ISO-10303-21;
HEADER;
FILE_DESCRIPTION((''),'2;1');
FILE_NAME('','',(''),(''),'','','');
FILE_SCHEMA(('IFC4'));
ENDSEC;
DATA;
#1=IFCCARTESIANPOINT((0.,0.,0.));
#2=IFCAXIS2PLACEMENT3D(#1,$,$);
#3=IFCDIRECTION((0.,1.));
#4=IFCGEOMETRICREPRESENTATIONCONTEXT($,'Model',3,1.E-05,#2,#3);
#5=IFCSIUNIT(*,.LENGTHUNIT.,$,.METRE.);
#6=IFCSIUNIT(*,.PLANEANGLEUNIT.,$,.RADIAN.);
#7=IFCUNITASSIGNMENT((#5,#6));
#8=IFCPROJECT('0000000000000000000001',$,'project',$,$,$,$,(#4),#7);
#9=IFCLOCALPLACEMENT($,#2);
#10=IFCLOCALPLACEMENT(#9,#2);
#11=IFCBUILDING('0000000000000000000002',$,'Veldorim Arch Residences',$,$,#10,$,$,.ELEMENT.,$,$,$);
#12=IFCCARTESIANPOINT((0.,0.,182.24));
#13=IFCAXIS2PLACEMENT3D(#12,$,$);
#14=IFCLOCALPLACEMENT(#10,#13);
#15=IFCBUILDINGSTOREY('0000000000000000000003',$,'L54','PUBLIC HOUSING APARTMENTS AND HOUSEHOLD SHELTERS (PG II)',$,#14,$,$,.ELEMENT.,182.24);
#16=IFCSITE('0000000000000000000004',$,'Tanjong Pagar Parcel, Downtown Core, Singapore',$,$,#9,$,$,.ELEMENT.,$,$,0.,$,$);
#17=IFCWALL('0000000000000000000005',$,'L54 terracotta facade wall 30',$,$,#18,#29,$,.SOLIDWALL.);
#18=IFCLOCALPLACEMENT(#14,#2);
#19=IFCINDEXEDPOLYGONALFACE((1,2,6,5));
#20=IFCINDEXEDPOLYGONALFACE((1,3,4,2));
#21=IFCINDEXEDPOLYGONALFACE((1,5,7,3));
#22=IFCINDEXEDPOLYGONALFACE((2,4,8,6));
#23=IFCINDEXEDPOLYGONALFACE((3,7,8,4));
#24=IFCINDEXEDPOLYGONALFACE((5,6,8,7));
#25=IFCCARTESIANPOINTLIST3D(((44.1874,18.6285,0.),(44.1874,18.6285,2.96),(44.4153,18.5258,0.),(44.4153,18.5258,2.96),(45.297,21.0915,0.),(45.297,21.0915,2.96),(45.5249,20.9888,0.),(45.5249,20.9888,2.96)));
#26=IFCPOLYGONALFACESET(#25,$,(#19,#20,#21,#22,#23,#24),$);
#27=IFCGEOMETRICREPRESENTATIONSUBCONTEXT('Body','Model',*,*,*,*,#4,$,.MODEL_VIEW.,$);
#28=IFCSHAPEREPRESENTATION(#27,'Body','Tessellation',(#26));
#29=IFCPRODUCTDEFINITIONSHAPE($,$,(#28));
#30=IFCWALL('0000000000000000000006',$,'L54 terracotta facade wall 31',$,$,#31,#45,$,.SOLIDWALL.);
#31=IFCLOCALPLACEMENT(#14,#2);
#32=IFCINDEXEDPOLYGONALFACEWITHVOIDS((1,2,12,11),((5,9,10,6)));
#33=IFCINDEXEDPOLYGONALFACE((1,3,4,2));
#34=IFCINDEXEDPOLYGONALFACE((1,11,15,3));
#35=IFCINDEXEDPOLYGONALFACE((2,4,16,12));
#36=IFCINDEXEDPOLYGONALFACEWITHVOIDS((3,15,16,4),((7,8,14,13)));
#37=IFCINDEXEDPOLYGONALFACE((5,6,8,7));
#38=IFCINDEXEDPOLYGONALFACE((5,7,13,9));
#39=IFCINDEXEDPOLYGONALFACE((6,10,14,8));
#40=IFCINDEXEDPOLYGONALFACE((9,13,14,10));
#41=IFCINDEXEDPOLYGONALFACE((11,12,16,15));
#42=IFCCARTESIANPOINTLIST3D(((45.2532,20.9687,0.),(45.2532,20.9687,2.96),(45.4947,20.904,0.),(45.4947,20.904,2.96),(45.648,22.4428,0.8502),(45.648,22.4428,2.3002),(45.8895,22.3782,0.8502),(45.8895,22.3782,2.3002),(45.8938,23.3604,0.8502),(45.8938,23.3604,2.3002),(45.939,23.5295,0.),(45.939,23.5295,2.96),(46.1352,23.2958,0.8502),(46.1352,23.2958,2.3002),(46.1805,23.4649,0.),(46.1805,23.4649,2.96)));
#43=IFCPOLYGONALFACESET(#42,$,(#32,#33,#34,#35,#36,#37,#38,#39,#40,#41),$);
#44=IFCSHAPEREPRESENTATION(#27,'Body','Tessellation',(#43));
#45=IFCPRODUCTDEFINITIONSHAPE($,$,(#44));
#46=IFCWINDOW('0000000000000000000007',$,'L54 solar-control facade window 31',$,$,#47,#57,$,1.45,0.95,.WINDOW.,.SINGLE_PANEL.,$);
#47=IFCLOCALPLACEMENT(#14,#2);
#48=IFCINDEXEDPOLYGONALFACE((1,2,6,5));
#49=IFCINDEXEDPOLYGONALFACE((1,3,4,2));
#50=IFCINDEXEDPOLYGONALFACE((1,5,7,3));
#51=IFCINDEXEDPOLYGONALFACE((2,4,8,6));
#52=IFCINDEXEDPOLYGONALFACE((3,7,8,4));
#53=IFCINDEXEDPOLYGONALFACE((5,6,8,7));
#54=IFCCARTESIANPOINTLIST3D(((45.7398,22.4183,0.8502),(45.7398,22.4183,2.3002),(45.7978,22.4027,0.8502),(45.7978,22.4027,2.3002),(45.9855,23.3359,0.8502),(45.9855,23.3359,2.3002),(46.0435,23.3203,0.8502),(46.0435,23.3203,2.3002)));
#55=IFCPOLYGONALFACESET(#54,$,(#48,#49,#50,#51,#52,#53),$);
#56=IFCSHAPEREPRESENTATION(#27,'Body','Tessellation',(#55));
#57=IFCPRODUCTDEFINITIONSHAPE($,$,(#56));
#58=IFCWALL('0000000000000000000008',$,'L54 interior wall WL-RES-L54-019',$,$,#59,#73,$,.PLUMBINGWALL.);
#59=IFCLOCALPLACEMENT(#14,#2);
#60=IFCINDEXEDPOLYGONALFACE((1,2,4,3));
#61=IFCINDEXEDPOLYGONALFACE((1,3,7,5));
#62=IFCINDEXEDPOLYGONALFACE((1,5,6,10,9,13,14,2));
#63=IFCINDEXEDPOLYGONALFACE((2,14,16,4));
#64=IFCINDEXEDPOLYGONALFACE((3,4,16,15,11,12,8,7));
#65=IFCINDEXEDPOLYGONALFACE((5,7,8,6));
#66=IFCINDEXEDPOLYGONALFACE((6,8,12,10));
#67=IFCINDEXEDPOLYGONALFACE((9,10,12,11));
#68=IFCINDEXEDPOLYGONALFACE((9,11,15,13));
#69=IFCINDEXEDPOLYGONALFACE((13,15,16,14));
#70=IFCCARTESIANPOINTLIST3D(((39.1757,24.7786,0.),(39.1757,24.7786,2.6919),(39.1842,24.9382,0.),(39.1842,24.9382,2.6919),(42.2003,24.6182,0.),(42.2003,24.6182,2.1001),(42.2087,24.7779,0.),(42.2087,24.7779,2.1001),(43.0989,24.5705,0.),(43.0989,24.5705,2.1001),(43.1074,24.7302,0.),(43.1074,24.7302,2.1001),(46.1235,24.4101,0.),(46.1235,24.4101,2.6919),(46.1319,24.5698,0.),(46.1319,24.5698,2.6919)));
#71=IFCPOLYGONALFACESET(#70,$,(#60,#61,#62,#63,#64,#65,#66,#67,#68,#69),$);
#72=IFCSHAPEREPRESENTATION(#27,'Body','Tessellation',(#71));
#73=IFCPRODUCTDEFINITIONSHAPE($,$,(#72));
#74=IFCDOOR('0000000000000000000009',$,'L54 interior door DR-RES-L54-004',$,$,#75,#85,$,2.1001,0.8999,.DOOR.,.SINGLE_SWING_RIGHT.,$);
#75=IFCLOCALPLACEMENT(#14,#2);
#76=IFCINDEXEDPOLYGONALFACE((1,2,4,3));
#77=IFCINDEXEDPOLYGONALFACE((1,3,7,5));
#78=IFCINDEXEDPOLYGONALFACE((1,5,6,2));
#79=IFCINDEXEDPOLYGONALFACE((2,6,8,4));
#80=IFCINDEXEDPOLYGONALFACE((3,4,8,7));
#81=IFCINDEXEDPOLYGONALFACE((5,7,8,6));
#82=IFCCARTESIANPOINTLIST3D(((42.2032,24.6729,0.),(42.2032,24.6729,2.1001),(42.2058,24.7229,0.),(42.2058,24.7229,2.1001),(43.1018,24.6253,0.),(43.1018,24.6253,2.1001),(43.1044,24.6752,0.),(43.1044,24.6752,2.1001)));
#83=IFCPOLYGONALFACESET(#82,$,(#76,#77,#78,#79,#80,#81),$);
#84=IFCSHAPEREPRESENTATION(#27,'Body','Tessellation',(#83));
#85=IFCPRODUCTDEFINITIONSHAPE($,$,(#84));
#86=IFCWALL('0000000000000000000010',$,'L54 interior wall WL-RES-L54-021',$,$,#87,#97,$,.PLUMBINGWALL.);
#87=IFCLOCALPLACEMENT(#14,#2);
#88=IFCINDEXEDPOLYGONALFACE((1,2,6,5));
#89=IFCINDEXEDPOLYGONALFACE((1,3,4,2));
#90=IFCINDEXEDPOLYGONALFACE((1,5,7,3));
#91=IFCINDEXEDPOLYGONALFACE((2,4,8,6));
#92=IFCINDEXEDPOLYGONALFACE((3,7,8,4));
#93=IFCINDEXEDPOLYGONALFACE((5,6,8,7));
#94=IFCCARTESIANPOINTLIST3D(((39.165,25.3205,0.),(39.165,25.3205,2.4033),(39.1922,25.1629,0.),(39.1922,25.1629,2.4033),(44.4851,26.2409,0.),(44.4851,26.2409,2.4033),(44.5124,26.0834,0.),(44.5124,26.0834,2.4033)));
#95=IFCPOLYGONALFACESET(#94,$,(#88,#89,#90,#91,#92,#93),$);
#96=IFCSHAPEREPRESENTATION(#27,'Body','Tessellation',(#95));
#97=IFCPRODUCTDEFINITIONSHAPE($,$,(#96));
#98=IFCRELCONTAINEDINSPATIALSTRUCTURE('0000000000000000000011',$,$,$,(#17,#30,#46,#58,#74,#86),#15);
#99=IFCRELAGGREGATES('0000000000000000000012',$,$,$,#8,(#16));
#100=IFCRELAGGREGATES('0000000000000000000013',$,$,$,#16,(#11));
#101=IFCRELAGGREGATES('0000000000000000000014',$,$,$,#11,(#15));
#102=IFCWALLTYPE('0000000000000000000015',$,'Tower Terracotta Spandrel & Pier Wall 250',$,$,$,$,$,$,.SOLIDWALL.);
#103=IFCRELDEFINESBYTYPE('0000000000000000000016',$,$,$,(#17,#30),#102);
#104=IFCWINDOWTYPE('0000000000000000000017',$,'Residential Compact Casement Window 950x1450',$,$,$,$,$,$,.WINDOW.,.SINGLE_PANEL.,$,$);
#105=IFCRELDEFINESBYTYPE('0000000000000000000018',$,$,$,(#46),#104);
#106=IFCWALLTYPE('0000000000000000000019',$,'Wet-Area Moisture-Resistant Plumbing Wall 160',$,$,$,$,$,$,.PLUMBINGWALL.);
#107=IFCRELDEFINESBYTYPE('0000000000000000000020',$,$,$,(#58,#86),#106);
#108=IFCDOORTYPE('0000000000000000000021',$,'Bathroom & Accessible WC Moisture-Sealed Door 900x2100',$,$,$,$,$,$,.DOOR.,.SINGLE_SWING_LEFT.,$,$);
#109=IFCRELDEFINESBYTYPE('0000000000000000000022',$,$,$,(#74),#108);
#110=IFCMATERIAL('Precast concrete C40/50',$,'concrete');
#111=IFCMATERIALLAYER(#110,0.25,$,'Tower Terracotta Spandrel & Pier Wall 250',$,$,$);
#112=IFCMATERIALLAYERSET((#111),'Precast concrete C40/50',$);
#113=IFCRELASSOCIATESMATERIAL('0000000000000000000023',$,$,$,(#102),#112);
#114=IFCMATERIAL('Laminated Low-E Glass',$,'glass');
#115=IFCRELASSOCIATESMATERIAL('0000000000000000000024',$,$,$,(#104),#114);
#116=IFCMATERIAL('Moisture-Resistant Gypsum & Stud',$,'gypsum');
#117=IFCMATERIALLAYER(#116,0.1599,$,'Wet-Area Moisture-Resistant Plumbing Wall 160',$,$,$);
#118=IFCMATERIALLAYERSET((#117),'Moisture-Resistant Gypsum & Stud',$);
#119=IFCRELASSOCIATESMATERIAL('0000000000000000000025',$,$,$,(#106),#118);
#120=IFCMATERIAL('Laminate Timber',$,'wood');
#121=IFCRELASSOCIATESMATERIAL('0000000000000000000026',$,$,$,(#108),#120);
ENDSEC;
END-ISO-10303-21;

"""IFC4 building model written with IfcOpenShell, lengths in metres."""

from ifc_helpers import new_model, si_unit, direction, frame, frame_2d, origin, place, context, subcontext, project, spatial, rectangle, extrude, material, layer, layer_set, type_object, element, fill, save


model = new_model("IFC4")

# Units and contexts
model_context = context("Model", 3, precision=1e-05, world=origin(), true_north=direction((0.0, 1.0)))
body_context = subcontext(model_context, "Body", "Model", "MODEL_VIEW")
ifc_project = project(units=[si_unit("LENGTHUNIT", "METRE"), si_unit("PLANEANGLEUNIT", "RADIAN")], contexts=[model_context])

# Site, building, storey
site_placement = place(None, origin())
site = spatial("IfcSite", under=ifc_project, at=site_placement, Name="Tanjong Pagar Parcel, Downtown Core, Singapore", CompositionType="ELEMENT", RefElevation=0.0)
building_placement = place(site_placement, origin())
building = spatial("IfcBuilding", under=site, at=building_placement, Name="Veldorim Arch Residences", CompositionType="ELEMENT")
storey_placement = place(building_placement, frame((0.0, 0.0, 182.24)))
storey = spatial("IfcBuildingStorey", under=building, at=storey_placement, Name="L54", Description="PUBLIC HOUSING APARTMENTS AND HOUSEHOLD SHELTERS (PG II)", CompositionType="ELEMENT", Elevation=182.24)

# Wall
ifc_material_1 = material(Name="Precast concrete C40/50", Category="concrete")
ifc_layer_1 = layer(ifc_material_1, 0.25, Name="Tower Terracotta Spandrel & Pier Wall 250")
ifc_layer_set_1 = layer_set([ifc_layer_1], Name="Precast concrete C40/50")
wall_type_1 = type_object("IfcWallType", Name="Tower Terracotta Spandrel & Pier Wall 250", PredefinedType="SOLIDWALL", material=ifc_layer_set_1)
wall_1_placement = place(storey_placement, frame((45.4109, 21.04, 0.0), z_axis=(0.0, 0.0, 1.0), x_axis=(-0.410737, -0.911754, 0.0)))
element("IfcWall", 1, at=wall_1_placement, inside=storey, type_object=wall_type_1, Name="L54 terracotta facade wall 30", PredefinedType="SOLIDWALL", context=body_context, shape_type="SweptSolid", body=[
    extrude(rectangle(XDim=2.7014, YDim=0.25, at=frame_2d((1.3506, 0.0))), origin(), (0.0, 0.0, 1.0), 2.96),
])

# Wall, opening, window
wall_2_placement = place(storey_placement, frame((46.0598, 23.4973, 0.0), z_axis=(0.0, 0.0, 1.0), x_axis=(-0.258689, -0.965961, 0.0)))
wall_2 = element("IfcWall", 2, at=wall_2_placement, inside=storey, type_object=wall_type_1, Name="L54 terracotta facade wall 31", PredefinedType="SOLIDWALL", context=body_context, shape_type="SweptSolid", body=[
    extrude(rectangle(XDim=2.6511, YDim=0.25, at=frame_2d((1.3257, 0.0))), origin(), (0.0, 0.0, 1.0), 2.96),
])
opening_1_placement = place(wall_2_placement, frame((0.175, 0.0, 0.8501)))
opening_1 = element("IfcOpeningElement", 3, at=opening_1_placement, cuts=wall_2, PredefinedType="OPENING", context=body_context, shape_type="SweptSolid", body=[
    extrude(rectangle(XDim=0.95, YDim=1.45, at=frame_2d((0.4751, 0.7251))), frame((0.0, 0.135, 0.0), z_axis=(0.0, -1.0, 0.0), x_axis=(1.0, 0.0, 0.0)), (0.0, 0.0, 1.0), 0.27),
])
ifc_material_2 = material(Name="Laminated Low-E Glass", Category="glass")
window_type = type_object("IfcWindowType", Name="Residential Compact Casement Window 950x1450", PartitioningType="SINGLE_PANEL", PredefinedType="WINDOW", material=ifc_material_2)
window_placement = place(opening_1_placement, origin())
window = element("IfcWindow", 4, at=window_placement, inside=storey, type_object=window_type, Name="L54 solar-control facade window 31", OverallHeight=1.45, OverallWidth=0.95, PartitioningType="SINGLE_PANEL", PredefinedType="WINDOW", context=body_context, shape_type="SweptSolid", body=[
    extrude(rectangle(XDim=0.95, YDim=1.45, at=frame_2d((0.4751, 0.7251))), frame((0.0, 0.03, 0.0), z_axis=(0.0, -1.0, 0.0), x_axis=(1.0, 0.0, 0.0)), (0.0, 0.0, 1.0), 0.0601),
])
fill(opening_1, window)

# Wall, opening, door
ifc_material_3 = material(Name="Moisture-Resistant Gypsum & Stud", Category="gypsum")
ifc_layer_2 = layer(ifc_material_3, 0.1599, Name="Wet-Area Moisture-Resistant Plumbing Wall 160")
ifc_layer_set_2 = layer_set([ifc_layer_2], Name="Moisture-Resistant Gypsum & Stud")
wall_type_2 = type_object("IfcWallType", Name="Wet-Area Moisture-Resistant Plumbing Wall 160", PredefinedType="PLUMBINGWALL", material=ifc_layer_set_2)
wall_3_placement = place(storey_placement, frame((39.1799, 24.8584, 0.0), z_axis=(0.0, 0.0, 1.0), x_axis=(0.998597, -0.052951, 0.0)))
wall_3 = element("IfcWall", 5, at=wall_3_placement, inside=storey, type_object=wall_type_2, Name="L54 interior wall WL-RES-L54-019", PredefinedType="PLUMBINGWALL", context=body_context, shape_type="SweptSolid", body=[
    extrude(rectangle(XDim=6.9575, YDim=0.1599, at=frame_2d((3.4788, 0.0))), origin(), (0.0, 0.0, 1.0), 2.6919),
])
opening_2_placement = place(wall_3_placement, frame((3.0288, 0.0, 0.0)))
opening_2 = element("IfcOpeningElement", 6, at=opening_2_placement, cuts=wall_3, PredefinedType="OPENING", context=body_context, shape_type="SweptSolid", body=[
    extrude(rectangle(XDim=0.8999, YDim=2.1001, at=frame_2d((0.45, 1.05))), frame((0.0, 0.0898, 0.0), z_axis=(0.0, -1.0, 0.0), x_axis=(1.0, 0.0, 0.0)), (0.0, 0.0, 1.0), 0.1799),
])
ifc_material_4 = material(Name="Laminate Timber", Category="wood")
door_type_1 = type_object("IfcDoorType", Name="Bathroom & Accessible WC Moisture-Sealed Door 900x2100", OperationType="SINGLE_SWING_LEFT", PredefinedType="DOOR", material=ifc_material_4)
door_1_placement = place(opening_2_placement, origin())
door_1 = element("IfcDoor", 7, at=door_1_placement, inside=storey, type_object=door_type_1, Name="L54 interior door DR-RES-L54-004", OperationType="SINGLE_SWING_RIGHT", OverallHeight=2.1001, OverallWidth=0.8999, PredefinedType="DOOR", context=body_context, shape_type="SweptSolid", body=[
    extrude(rectangle(XDim=0.8999, YDim=2.1001, at=frame_2d((0.45, 1.05))), frame((0.0, 0.0249, 0.0), z_axis=(0.0, -1.0, 0.0), x_axis=(1.0, 0.0, 0.0)), (0.0, 0.0, 1.0), 0.05),
])
fill(opening_2, door_1)

# Wall
wall_4_placement = place(storey_placement, frame((39.1785, 25.2417, 0.0), z_axis=(0.0, 0.0, 1.0), x_axis=(0.985362, 0.170475, 0.0)))
element("IfcWall", 8, at=wall_4_placement, inside=storey, type_object=wall_type_2, Name="L54 interior wall WL-RES-L54-021", PredefinedType="PLUMBINGWALL", context=body_context, shape_type="SweptSolid", body=[
    extrude(rectangle(XDim=5.3992, YDim=0.1599, at=frame_2d((2.6997, 0.0))), origin(), (0.0, 0.0, 1.0), 2.4033),
])

save(model, "model.ifc")
